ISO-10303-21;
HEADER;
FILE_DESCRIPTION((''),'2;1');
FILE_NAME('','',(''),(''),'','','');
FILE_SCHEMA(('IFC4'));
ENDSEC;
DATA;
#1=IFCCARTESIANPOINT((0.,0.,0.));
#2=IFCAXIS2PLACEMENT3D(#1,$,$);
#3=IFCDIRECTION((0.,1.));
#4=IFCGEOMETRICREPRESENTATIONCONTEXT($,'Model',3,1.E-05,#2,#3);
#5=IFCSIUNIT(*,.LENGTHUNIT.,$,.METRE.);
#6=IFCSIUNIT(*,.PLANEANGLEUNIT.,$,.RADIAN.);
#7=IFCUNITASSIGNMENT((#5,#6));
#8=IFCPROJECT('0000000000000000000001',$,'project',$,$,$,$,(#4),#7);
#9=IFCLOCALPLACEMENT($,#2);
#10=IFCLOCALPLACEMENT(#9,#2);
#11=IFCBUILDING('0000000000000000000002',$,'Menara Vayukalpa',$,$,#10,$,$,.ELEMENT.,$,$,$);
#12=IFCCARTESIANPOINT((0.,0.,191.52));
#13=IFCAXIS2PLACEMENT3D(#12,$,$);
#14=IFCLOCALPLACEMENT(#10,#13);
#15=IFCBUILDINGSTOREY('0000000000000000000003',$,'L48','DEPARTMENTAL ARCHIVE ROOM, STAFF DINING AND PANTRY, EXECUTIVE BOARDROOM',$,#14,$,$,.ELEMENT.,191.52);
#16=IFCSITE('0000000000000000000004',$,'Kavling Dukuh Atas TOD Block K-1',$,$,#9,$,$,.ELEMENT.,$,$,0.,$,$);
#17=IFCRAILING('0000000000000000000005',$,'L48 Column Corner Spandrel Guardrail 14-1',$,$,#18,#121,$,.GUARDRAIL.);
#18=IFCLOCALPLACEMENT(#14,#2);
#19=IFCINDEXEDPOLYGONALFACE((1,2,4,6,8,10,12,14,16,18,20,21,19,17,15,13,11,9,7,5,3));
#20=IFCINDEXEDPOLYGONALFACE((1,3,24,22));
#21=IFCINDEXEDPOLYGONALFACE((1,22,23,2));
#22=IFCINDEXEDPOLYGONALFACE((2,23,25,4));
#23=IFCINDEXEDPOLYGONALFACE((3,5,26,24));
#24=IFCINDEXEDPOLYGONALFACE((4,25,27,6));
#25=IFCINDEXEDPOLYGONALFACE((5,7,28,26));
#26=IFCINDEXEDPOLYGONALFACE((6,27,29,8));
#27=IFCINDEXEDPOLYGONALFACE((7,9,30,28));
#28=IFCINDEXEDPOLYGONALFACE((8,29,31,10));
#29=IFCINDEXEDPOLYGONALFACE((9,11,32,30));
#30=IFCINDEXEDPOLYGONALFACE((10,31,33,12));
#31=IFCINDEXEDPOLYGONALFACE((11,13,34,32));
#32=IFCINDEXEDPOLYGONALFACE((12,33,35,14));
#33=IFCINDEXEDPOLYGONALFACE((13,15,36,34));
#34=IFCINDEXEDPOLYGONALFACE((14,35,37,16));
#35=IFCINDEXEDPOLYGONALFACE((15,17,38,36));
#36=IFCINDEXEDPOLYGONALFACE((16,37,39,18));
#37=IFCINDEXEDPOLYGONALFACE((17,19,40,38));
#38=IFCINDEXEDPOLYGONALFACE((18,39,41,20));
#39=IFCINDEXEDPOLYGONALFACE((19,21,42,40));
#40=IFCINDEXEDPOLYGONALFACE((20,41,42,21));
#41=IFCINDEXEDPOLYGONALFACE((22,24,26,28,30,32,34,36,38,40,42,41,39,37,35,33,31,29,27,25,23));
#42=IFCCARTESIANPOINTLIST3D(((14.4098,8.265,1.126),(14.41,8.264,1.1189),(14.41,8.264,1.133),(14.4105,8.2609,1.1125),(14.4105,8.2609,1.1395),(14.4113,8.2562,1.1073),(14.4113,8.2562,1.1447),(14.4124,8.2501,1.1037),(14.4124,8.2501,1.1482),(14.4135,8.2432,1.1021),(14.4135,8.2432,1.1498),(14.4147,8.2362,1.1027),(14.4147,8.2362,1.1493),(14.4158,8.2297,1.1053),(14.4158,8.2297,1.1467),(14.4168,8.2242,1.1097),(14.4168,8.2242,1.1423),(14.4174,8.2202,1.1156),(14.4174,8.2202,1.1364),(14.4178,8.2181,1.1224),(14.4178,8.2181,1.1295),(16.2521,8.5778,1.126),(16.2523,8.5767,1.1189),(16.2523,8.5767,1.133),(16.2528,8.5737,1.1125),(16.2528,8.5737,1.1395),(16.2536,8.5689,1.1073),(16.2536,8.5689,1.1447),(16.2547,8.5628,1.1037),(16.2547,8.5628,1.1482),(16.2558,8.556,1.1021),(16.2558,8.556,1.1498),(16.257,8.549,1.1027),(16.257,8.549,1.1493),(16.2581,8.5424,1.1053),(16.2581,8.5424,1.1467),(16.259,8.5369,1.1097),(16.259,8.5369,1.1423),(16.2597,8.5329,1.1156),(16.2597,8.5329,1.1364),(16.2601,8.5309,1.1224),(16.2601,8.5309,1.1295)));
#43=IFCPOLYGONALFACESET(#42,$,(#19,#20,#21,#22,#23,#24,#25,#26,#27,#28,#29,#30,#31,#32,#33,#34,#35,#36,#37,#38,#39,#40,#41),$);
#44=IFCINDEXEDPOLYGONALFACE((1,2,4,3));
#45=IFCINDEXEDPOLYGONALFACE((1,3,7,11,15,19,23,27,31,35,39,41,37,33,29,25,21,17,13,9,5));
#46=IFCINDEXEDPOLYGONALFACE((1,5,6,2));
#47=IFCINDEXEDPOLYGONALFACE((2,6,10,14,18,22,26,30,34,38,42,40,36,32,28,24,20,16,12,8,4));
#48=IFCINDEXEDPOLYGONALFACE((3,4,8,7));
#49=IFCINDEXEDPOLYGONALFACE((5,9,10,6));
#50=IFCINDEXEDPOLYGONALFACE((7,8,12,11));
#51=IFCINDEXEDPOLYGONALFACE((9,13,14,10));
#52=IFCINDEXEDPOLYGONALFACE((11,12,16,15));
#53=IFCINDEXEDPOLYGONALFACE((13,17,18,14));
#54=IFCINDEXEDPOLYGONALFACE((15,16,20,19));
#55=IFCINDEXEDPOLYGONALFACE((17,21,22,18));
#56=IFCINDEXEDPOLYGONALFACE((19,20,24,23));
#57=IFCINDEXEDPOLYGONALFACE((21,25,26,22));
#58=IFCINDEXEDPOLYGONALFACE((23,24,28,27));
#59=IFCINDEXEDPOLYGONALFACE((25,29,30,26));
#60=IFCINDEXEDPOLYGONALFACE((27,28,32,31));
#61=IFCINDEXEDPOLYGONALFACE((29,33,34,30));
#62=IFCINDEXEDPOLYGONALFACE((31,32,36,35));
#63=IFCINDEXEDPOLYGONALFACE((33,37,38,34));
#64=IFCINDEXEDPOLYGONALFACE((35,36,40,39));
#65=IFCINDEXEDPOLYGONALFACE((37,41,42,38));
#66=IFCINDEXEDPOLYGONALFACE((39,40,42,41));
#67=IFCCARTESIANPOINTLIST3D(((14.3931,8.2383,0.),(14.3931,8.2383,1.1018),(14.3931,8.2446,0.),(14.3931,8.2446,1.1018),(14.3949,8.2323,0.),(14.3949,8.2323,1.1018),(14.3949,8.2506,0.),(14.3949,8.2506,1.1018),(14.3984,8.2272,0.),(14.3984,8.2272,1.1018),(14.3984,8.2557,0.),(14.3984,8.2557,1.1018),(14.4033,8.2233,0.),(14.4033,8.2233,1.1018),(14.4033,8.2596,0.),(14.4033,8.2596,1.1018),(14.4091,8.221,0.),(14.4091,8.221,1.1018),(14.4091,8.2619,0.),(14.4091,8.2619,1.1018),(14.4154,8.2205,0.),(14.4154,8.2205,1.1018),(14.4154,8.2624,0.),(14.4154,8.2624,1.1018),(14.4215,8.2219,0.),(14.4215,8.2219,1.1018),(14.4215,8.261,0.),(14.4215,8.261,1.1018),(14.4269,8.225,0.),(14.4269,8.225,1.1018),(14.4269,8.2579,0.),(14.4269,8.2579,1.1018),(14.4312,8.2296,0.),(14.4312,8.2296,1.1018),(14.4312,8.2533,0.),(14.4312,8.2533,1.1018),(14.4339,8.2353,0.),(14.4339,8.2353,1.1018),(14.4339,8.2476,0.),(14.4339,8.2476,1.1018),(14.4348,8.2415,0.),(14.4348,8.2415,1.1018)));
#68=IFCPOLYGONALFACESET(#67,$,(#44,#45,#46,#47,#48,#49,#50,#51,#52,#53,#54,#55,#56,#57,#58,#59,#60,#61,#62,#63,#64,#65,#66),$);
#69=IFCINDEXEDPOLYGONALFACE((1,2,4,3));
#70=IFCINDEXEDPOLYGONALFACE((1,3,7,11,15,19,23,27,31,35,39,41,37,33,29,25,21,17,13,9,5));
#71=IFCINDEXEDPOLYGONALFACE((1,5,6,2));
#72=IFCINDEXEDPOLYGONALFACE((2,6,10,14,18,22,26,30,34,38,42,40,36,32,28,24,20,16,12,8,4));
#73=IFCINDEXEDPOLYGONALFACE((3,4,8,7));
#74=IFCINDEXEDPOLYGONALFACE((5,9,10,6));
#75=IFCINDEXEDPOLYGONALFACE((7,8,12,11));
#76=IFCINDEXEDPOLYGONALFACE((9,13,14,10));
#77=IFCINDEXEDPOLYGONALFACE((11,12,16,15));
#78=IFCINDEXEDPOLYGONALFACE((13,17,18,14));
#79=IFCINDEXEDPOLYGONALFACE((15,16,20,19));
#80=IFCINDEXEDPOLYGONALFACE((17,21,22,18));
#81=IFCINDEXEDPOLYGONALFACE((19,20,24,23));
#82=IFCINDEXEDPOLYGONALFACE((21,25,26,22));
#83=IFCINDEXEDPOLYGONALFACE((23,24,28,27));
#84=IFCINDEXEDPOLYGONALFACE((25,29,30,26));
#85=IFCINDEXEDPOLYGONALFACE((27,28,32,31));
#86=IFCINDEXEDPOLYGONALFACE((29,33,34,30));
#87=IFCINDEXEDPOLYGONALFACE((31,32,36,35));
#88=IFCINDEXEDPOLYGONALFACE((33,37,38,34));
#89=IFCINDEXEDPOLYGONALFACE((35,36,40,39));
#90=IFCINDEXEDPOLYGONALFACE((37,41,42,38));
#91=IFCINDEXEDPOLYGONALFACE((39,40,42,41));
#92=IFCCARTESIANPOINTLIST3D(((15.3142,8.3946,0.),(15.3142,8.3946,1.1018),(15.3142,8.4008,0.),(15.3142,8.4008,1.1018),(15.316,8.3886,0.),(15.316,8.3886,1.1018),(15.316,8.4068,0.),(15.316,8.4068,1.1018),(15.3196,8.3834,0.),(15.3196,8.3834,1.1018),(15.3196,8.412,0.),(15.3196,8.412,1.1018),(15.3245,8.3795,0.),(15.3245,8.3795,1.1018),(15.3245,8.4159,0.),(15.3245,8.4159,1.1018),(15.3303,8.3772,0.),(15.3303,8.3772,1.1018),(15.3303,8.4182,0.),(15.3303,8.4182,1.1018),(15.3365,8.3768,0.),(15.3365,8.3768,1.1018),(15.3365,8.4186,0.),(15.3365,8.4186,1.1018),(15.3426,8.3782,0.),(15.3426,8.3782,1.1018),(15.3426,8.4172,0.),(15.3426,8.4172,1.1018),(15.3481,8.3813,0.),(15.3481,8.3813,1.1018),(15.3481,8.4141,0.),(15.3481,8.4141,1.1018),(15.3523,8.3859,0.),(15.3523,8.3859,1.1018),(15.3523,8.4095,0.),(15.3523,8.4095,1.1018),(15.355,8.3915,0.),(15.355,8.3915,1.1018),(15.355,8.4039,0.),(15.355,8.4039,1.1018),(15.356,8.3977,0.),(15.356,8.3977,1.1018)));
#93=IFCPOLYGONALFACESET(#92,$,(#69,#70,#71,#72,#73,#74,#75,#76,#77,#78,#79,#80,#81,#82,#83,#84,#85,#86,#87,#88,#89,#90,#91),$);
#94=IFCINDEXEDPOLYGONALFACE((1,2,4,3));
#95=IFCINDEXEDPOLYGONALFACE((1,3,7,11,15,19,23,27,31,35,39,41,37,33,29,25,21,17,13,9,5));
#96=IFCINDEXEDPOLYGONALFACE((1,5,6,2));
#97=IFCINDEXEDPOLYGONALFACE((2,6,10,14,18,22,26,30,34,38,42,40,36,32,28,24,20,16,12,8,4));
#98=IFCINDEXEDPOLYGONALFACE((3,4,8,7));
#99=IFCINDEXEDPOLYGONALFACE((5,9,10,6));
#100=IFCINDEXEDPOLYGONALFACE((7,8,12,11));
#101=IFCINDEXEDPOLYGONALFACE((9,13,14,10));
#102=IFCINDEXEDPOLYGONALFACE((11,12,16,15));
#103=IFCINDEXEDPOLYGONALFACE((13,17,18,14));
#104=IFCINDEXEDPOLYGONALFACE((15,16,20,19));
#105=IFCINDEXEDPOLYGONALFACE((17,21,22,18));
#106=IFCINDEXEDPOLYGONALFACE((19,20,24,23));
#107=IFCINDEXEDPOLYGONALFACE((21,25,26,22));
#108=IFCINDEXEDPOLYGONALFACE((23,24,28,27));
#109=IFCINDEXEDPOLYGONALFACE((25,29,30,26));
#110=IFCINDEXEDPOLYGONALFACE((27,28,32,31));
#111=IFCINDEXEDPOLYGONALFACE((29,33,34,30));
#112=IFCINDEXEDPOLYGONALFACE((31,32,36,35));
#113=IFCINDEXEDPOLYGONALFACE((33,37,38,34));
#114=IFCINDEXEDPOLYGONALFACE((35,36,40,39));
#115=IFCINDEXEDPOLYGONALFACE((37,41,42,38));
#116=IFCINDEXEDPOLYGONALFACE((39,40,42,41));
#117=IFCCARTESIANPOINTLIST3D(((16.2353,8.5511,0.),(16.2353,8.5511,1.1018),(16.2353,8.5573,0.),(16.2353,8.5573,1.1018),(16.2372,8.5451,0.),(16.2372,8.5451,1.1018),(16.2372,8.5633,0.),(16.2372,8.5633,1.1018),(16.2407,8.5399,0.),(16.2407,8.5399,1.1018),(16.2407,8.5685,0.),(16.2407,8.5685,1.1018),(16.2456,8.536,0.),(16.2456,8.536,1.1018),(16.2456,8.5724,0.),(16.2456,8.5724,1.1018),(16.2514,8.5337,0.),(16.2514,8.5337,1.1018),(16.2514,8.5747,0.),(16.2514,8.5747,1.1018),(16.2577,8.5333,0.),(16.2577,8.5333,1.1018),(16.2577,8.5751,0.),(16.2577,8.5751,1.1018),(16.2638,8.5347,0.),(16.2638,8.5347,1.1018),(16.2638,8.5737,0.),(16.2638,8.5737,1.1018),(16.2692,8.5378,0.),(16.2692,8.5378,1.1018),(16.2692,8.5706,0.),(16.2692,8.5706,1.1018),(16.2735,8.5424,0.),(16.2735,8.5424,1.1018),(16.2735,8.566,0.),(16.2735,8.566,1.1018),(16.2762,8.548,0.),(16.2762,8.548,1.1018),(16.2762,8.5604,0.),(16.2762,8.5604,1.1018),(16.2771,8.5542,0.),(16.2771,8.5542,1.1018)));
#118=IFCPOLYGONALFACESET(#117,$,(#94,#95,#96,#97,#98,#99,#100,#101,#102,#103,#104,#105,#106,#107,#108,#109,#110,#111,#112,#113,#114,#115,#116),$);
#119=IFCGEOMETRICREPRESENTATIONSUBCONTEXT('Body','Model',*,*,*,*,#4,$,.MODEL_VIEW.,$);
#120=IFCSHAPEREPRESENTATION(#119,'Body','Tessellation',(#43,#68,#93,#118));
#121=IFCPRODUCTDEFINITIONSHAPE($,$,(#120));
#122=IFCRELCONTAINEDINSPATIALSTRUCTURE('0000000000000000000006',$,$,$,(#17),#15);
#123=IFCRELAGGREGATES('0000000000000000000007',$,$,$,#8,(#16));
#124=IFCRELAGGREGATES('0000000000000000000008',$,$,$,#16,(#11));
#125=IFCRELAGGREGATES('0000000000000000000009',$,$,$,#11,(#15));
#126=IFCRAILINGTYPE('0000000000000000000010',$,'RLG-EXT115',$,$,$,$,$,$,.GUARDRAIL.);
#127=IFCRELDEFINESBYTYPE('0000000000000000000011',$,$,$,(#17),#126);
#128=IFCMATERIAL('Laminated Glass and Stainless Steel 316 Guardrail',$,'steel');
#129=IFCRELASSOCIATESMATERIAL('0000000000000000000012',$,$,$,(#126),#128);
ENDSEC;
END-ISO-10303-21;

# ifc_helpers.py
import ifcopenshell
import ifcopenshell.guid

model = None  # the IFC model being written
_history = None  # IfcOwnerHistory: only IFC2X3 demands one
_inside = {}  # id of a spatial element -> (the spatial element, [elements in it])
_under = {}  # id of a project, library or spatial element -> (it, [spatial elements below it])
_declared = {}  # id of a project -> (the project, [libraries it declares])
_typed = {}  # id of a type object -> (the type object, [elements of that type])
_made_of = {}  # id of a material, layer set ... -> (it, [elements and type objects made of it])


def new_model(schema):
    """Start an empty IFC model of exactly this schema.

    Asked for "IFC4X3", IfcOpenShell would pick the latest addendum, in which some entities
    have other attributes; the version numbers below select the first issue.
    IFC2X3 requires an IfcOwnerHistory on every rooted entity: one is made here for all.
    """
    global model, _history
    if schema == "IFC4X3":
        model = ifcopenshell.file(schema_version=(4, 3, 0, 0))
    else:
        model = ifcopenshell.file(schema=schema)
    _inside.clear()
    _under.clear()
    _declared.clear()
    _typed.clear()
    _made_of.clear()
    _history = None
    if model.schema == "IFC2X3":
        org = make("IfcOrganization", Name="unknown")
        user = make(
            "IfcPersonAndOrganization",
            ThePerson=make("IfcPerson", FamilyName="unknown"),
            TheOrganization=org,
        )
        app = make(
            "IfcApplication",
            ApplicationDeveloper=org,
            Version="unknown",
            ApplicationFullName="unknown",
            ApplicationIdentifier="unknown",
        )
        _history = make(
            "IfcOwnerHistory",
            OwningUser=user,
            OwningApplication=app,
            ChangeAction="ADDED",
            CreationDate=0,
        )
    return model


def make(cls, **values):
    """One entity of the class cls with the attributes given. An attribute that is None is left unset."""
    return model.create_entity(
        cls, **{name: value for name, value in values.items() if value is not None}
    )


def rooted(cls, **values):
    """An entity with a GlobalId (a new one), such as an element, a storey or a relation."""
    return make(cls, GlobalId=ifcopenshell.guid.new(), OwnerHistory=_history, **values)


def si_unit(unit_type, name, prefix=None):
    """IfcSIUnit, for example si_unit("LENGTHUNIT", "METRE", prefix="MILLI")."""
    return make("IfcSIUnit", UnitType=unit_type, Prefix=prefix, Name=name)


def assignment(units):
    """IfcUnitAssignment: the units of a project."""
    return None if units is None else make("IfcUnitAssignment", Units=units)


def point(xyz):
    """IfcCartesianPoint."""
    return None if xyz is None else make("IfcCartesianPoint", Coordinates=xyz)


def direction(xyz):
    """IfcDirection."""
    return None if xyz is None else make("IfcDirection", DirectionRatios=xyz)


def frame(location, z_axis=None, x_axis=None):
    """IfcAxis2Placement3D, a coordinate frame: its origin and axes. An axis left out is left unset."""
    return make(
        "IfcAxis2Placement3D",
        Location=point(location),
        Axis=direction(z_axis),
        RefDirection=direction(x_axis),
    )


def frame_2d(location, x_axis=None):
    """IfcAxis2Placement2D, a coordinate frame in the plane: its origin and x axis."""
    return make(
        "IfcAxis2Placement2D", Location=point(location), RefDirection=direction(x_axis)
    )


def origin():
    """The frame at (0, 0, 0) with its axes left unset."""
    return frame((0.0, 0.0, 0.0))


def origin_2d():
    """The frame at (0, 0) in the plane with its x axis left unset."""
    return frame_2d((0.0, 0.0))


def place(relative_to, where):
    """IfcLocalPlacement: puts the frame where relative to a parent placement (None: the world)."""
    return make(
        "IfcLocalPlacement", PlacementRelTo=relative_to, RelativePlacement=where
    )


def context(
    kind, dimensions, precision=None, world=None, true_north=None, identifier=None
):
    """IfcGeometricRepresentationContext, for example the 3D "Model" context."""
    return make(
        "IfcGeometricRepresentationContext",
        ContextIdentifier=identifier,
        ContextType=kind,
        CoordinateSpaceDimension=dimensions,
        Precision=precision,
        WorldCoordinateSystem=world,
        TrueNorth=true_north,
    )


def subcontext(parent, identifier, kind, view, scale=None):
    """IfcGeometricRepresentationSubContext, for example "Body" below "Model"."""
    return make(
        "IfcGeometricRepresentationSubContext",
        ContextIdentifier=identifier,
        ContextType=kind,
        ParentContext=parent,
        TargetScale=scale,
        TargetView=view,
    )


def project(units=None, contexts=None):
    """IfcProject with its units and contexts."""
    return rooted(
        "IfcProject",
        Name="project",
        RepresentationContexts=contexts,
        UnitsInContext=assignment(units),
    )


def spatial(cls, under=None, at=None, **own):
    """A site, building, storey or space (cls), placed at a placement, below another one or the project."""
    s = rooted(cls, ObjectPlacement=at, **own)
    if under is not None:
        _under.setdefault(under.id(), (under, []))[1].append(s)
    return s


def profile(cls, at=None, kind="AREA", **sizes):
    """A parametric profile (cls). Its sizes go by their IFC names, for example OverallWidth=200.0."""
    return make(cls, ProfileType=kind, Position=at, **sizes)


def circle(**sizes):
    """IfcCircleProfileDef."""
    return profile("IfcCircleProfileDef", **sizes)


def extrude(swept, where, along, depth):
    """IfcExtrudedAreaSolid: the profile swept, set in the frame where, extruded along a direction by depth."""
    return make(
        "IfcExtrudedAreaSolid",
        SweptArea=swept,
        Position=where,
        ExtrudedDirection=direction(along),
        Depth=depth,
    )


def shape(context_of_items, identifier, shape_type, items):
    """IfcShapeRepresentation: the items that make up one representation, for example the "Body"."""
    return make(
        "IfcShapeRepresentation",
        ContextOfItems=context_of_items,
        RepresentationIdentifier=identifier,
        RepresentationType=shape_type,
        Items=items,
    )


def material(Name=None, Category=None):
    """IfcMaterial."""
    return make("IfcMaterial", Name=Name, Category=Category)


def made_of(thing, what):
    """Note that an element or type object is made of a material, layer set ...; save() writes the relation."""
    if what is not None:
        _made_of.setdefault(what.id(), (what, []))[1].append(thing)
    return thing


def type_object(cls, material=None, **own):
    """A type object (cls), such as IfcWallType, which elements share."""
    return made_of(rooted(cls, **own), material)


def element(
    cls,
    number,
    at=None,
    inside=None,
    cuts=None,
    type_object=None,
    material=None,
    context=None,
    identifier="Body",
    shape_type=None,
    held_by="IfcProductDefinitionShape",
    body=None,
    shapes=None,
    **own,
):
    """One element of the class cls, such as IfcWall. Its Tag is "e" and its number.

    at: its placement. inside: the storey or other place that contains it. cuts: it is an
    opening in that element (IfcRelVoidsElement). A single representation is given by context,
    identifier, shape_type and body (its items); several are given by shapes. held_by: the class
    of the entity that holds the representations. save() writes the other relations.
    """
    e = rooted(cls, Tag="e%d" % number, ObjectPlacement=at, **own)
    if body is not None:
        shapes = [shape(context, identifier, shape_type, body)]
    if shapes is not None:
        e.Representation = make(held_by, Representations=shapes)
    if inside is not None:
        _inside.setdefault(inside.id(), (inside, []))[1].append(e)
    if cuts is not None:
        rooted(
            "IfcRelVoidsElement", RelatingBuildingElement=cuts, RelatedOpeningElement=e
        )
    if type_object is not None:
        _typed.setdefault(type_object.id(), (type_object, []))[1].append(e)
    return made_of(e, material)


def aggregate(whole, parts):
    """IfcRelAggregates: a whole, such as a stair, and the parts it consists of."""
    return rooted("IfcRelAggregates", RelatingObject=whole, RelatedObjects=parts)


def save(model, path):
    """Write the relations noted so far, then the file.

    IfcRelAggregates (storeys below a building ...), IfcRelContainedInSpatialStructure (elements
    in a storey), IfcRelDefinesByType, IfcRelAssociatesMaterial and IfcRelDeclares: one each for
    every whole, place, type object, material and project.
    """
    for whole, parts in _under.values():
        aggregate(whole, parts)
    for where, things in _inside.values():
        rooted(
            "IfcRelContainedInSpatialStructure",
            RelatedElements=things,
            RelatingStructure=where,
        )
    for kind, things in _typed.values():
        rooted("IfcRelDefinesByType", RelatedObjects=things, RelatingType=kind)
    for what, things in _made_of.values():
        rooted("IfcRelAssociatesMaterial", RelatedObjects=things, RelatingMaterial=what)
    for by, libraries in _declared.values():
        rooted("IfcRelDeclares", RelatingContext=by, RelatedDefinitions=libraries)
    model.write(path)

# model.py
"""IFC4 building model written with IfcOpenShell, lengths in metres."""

from ifc_helpers import new_model, si_unit, direction, frame, origin, origin_2d, place, context, subcontext, project, spatial, circle, extrude, material, type_object, element, save


model = new_model("IFC4")

# Units and contexts
model_context = context("Model", 3, precision=1e-05, world=origin(), true_north=direction((0.0, 1.0)))
body_context = subcontext(model_context, "Body", "Model", "MODEL_VIEW")
ifc_project = project(units=[si_unit("LENGTHUNIT", "METRE"), si_unit("PLANEANGLEUNIT", "RADIAN")], contexts=[model_context])

# Site, building, storey
site_placement = place(None, origin())
site = spatial("IfcSite", under=ifc_project, at=site_placement, Name="Kavling Dukuh Atas TOD Block K-1", CompositionType="ELEMENT", RefElevation=0.0)
building_placement = place(site_placement, origin())
building = spatial("IfcBuilding", under=site, at=building_placement, Name="Menara Vayukalpa", CompositionType="ELEMENT")
storey_placement = place(building_placement, frame((0.0, 0.0, 191.52)))
storey = spatial("IfcBuildingStorey", under=building, at=storey_placement, Name="L48", Description="DEPARTMENTAL ARCHIVE ROOM, STAFF DINING AND PANTRY, EXECUTIVE BOARDROOM", CompositionType="ELEMENT", Elevation=191.52)

# Railing
ifc_material_1 = material(Name="Laminated Glass and Stainless Steel 316 Guardrail", Category="steel")
railing_type = type_object("IfcRailingType", Name="RLG-EXT115", PredefinedType="GUARDRAIL", material=ifc_material_1)
railing_placement = place(storey_placement, frame((14.4138, 8.2415, 0.0)))
element("IfcRailing", 1, at=railing_placement, inside=storey, type_object=railing_type, Name="L48 Column Corner Spandrel Guardrail 14-1", PredefinedType="GUARDRAIL", context=body_context, shape_type="SweptSolid", body=[
    extrude(circle(Radius=0.0239, at=origin_2d()), frame((0.0, 0.0, 1.126), z_axis=(0.985895, 0.167364, 0.0), x_axis=(-0.167364, 0.985895, 0.0)), (0.0, 0.0, 1.0), 1.8687),
    extrude(circle(Radius=0.021, at=origin_2d()), origin(), (0.0, 0.0, 1.0), 1.1018),
    extrude(circle(Radius=0.021, at=origin_2d()), frame((0.9211, 0.1562, 0.0)), (0.0, 0.0, 1.0), 1.1018),
    extrude(circle(Radius=0.021, at=origin_2d()), frame((1.8423, 0.3127, 0.0)), (0.0, 0.0, 1.0), 1.1018),
])

save(model, "model.ifc")
